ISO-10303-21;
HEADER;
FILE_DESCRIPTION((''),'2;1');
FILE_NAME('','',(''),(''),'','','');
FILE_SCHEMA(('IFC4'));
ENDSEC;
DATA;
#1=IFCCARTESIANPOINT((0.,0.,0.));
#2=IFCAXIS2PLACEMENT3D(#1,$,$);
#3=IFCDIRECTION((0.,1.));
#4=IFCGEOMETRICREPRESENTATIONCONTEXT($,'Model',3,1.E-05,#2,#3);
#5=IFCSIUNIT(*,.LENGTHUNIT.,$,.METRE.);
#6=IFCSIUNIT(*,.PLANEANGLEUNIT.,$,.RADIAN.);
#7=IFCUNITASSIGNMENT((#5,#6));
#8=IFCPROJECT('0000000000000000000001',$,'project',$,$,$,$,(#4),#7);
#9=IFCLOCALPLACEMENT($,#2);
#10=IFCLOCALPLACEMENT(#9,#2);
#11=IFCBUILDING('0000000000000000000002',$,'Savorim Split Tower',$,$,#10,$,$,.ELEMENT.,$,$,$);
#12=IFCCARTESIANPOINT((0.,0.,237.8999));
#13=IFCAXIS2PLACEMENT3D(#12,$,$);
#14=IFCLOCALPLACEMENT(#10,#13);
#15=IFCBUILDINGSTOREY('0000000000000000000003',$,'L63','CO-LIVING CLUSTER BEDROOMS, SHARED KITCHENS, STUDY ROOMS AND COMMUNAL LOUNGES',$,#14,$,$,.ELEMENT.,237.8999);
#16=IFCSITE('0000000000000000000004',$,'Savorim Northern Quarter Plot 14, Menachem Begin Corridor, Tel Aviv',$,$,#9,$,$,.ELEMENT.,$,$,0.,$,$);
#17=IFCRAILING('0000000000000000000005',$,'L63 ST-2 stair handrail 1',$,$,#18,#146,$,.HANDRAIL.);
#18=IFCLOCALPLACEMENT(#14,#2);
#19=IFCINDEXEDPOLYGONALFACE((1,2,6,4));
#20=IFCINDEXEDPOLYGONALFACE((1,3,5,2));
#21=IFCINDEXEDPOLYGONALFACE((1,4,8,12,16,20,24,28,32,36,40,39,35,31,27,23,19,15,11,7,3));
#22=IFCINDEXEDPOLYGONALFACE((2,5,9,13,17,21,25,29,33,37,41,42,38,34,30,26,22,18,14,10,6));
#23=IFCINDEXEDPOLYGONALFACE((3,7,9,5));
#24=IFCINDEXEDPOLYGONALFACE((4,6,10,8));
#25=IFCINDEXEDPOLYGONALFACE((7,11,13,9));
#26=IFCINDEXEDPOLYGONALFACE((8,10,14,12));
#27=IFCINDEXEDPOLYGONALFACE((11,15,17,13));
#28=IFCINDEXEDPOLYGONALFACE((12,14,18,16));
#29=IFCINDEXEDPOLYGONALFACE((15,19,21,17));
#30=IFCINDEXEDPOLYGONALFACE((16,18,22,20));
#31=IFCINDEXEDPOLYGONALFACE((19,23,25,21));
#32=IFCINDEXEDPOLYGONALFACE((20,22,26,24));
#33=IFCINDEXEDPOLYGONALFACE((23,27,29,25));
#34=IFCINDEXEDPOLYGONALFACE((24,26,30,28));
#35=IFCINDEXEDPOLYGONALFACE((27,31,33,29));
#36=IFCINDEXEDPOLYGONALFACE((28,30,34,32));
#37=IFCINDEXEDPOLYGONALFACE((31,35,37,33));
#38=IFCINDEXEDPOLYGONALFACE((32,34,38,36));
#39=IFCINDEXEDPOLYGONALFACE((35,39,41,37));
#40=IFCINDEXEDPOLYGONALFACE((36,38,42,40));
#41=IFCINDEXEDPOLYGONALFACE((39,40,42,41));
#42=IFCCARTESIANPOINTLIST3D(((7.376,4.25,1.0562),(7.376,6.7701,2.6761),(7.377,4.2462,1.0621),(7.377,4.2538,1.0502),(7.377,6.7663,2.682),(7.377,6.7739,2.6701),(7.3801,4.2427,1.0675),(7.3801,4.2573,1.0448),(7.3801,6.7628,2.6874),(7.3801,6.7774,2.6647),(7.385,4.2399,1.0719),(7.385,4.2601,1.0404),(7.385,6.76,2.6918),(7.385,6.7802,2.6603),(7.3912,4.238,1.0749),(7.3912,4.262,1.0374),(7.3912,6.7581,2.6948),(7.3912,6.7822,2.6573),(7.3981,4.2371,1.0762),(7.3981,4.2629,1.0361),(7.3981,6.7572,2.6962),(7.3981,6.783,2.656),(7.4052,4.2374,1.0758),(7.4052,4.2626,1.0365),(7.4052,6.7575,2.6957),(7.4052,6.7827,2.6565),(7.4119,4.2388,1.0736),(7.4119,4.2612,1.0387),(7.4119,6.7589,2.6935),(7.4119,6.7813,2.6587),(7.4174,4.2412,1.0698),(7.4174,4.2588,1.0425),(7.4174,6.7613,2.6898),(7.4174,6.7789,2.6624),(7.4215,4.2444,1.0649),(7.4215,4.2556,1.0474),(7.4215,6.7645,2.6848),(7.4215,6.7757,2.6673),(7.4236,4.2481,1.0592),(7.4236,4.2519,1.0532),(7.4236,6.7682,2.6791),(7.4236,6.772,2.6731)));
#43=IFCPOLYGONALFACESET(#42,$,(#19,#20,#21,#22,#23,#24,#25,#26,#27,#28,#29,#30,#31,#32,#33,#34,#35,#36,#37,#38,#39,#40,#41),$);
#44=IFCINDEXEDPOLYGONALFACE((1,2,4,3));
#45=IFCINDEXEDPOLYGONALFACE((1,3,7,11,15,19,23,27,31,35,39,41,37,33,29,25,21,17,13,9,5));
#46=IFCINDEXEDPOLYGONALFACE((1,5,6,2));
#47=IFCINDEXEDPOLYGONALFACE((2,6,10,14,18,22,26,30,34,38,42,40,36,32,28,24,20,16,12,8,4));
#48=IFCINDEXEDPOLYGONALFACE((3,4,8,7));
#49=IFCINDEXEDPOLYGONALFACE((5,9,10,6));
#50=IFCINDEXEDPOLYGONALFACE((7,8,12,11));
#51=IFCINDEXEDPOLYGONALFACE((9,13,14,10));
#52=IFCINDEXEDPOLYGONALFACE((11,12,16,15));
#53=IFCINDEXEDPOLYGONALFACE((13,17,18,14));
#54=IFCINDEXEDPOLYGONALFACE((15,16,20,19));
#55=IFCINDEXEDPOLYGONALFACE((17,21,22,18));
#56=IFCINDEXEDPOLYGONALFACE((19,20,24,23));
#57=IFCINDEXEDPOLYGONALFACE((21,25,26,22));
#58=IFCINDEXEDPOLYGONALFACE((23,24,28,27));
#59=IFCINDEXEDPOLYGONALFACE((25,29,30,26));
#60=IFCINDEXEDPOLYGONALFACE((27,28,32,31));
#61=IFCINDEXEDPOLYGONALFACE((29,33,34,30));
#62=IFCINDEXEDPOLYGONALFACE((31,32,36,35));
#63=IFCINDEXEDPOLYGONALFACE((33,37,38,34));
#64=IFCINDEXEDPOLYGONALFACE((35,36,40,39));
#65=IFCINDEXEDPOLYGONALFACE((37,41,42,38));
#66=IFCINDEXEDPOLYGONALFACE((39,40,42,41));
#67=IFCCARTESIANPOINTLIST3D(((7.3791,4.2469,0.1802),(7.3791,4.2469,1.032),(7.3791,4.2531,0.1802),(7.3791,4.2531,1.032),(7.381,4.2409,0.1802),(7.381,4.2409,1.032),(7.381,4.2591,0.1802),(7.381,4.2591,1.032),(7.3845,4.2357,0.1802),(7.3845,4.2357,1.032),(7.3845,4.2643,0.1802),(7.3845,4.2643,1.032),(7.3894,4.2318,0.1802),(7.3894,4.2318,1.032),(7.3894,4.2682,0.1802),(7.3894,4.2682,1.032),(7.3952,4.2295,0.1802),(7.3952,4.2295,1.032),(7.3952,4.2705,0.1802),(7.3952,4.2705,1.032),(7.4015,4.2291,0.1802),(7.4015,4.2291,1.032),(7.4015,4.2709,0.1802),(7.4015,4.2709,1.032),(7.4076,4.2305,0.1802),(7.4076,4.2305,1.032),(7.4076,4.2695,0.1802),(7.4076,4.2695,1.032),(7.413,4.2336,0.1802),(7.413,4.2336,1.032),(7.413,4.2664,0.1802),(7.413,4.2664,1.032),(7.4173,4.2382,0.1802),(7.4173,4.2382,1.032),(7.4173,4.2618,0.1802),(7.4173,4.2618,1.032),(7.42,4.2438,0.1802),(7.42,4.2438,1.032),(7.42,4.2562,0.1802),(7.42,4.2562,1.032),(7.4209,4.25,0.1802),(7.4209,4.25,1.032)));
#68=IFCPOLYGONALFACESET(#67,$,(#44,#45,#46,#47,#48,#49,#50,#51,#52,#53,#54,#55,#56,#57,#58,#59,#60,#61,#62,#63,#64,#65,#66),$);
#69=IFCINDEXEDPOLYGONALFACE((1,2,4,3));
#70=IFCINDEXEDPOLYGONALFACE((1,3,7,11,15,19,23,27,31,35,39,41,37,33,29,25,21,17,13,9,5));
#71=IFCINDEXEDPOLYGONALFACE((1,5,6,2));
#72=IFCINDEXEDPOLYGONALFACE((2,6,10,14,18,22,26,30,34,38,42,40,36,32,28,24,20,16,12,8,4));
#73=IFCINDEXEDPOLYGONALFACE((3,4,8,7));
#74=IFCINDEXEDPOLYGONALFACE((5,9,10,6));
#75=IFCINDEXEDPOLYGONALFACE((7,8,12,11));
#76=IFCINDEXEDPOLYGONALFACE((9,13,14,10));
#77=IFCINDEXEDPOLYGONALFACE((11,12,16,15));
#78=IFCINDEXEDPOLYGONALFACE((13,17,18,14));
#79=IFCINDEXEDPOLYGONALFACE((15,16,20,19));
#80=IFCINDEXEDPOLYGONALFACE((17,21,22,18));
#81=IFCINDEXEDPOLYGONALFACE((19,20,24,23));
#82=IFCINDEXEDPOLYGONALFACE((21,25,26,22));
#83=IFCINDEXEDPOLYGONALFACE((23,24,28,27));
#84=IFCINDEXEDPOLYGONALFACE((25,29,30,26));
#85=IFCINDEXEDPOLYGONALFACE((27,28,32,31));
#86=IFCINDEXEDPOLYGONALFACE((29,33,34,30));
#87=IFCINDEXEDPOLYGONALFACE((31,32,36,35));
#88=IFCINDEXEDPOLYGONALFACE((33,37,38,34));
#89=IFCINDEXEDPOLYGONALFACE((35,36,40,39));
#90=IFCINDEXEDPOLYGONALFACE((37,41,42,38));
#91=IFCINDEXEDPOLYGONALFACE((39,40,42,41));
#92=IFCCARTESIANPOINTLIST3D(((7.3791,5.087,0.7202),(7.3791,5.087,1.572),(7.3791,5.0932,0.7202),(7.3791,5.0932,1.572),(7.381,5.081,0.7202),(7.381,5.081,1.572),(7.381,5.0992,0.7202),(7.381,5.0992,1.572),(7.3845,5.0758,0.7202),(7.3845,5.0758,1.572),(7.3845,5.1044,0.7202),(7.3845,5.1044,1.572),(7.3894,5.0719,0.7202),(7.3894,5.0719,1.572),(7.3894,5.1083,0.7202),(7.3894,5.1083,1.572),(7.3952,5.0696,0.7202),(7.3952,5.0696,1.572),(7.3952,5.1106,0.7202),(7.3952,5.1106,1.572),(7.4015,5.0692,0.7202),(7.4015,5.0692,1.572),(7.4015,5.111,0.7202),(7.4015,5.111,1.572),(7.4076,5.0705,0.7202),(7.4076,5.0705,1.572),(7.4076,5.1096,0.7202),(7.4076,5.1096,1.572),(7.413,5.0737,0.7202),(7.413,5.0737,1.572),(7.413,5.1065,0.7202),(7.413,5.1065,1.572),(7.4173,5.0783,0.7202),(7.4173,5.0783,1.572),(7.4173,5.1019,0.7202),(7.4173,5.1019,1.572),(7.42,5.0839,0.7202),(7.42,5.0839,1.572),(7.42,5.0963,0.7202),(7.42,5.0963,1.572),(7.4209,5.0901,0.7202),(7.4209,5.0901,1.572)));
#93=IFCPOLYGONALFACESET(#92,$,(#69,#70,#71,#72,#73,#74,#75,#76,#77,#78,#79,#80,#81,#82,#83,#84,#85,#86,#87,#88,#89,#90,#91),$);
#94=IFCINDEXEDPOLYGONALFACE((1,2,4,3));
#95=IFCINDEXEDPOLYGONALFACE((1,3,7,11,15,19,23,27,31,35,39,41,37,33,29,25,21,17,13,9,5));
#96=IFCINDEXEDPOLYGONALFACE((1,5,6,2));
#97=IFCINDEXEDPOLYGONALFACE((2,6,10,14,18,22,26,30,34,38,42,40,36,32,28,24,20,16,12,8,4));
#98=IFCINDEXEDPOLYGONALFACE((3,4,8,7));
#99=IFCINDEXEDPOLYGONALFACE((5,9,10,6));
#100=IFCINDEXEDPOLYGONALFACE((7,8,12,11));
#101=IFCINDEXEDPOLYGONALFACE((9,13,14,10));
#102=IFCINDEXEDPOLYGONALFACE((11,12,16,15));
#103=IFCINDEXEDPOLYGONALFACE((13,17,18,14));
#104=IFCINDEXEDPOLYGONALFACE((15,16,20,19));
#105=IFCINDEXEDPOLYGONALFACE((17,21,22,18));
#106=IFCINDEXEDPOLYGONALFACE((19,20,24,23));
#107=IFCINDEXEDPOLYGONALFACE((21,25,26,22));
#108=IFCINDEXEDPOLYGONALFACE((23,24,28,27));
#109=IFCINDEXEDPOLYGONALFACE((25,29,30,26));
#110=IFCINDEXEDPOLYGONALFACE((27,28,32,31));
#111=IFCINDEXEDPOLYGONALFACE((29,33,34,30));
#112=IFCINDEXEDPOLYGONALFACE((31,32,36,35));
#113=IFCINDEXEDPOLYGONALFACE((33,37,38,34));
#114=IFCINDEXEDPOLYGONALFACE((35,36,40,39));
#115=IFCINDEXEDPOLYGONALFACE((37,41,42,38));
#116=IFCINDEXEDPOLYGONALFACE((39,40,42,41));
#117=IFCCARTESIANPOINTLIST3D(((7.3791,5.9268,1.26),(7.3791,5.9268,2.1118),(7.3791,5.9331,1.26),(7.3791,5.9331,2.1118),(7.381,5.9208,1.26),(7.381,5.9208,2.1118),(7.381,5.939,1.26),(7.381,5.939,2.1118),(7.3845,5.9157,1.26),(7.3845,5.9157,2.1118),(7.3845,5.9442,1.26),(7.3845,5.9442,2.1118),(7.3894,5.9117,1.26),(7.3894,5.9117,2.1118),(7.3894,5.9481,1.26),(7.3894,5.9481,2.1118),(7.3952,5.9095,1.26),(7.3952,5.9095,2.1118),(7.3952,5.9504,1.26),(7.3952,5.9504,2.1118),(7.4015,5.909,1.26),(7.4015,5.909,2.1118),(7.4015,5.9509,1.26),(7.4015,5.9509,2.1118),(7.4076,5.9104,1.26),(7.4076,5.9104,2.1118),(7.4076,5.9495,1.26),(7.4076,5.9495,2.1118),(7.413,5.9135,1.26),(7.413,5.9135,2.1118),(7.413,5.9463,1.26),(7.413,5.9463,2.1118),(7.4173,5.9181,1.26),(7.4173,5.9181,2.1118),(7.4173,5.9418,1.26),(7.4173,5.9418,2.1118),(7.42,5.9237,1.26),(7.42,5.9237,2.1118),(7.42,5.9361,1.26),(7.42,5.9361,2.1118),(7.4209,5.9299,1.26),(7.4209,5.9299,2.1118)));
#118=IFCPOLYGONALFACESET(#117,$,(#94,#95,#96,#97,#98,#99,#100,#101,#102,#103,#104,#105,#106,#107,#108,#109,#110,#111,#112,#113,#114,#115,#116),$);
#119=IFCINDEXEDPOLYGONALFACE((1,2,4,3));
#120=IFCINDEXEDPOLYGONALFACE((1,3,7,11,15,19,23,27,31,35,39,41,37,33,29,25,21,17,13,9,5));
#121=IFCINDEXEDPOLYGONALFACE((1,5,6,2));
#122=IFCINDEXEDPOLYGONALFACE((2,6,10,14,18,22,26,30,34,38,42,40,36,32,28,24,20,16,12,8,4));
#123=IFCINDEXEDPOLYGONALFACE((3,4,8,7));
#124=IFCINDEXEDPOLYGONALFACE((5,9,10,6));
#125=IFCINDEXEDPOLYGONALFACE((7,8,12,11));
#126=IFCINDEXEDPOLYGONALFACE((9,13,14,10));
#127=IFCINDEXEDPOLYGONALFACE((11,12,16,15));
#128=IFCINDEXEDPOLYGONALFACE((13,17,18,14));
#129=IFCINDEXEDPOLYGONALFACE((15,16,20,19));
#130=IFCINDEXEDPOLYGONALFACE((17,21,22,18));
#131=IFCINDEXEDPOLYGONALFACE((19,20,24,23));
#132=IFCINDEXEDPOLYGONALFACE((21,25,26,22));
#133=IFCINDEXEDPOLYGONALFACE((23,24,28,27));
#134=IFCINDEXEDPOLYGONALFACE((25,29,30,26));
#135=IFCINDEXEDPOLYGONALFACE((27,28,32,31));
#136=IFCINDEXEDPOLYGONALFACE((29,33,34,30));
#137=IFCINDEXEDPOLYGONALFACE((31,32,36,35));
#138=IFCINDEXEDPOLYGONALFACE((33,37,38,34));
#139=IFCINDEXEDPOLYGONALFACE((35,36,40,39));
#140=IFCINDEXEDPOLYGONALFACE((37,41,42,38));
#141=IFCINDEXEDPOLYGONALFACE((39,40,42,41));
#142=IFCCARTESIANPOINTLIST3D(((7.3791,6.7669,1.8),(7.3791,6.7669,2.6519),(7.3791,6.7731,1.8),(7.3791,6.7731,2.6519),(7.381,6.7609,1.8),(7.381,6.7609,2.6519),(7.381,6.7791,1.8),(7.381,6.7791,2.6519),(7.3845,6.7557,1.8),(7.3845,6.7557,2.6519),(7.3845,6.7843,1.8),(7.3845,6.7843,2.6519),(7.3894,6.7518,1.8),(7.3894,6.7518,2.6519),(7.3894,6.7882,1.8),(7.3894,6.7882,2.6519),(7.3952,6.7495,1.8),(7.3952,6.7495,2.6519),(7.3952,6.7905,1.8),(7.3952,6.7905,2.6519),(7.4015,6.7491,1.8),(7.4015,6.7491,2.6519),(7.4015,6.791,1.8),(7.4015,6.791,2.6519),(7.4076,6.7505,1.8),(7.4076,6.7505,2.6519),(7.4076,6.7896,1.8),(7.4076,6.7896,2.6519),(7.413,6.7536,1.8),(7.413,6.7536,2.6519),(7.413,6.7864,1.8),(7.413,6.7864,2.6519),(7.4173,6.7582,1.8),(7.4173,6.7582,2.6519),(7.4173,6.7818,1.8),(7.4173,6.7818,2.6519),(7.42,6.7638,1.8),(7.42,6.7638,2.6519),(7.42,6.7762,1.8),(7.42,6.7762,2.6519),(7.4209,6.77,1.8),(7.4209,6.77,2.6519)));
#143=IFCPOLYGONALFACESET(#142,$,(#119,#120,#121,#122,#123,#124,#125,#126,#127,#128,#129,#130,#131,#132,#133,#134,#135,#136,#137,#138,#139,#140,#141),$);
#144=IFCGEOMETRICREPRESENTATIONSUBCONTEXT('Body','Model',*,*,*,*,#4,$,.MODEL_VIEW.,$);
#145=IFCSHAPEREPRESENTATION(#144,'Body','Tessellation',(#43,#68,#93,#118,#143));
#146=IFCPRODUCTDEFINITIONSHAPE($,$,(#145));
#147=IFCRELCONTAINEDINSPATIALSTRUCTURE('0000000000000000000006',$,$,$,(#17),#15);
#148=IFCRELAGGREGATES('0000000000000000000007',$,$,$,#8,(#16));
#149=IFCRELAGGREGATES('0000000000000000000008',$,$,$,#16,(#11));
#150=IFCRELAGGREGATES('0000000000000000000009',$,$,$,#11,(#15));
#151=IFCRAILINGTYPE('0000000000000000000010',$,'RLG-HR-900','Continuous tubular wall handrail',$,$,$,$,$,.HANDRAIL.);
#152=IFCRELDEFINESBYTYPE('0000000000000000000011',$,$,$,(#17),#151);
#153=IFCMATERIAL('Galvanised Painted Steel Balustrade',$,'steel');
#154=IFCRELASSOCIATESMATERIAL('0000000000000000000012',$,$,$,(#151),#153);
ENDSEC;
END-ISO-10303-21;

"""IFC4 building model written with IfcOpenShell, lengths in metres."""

from ifc_helpers import new_model, si_unit, direction, frame, origin, origin_2d, place, context, subcontext, project, spatial, circle, extrude, material, type_object, element, save


model = new_model("IFC4")

# Units and contexts
model_context = context("Model", 3, precision=1e-05, world=origin(), true_north=direction((0.0, 1.0)))
body_context = subcontext(model_context, "Body", "Model", "MODEL_VIEW")
ifc_project = project(units=[si_unit("LENGTHUNIT", "METRE"), si_unit("PLANEANGLEUNIT", "RADIAN")], contexts=[model_context])

# Site, building, storey
site_placement = place(None, origin())
site = spatial("IfcSite", under=ifc_project, at=site_placement, Name="Savorim Northern Quarter Plot 14, Menachem Begin Corridor, Tel Aviv", CompositionType="ELEMENT", RefElevation=0.0)
building_placement = place(site_placement, origin())
building = spatial("IfcBuilding", under=site, at=building_placement, Name="Savorim Split Tower", CompositionType="ELEMENT")
storey_placement = place(building_placement, frame((0.0, 0.0, 237.8999)))
storey = spatial("IfcBuildingStorey", under=building, at=storey_placement, Name="L63", Description="CO-LIVING CLUSTER BEDROOMS, SHARED KITCHENS, STUDY ROOMS AND COMMUNAL LOUNGES", CompositionType="ELEMENT", Elevation=237.8999)

# Railing
ifc_material_1 = material(Name="Galvanised Painted Steel Balustrade", Category="steel")
railing_type_1 = type_object("IfcRailingType", Name="RLG-HR-900", Description="Continuous tubular wall handrail", PredefinedType="HANDRAIL", material=ifc_material_1)
railing_1_placement = place(storey_placement, frame((7.3999, 4.25, 0.1802)))
element("IfcRailing", 1, at=railing_1_placement, inside=storey, type_object=railing_type_1, Name="L63 ST-2 stair handrail 1", PredefinedType="HANDRAIL", context=body_context, shape_type="SweptSolid", body=[
    extrude(circle(Radius=0.0239, at=origin_2d()), frame((0.0, 0.0, 0.876), z_axis=(0.0, 0.8412, 0.540725), x_axis=(-1.0, 0.0, 0.0)), (0.0, 0.0, 1.0), 2.9958),
    extrude(circle(Radius=0.021, at=origin_2d()), origin(), (0.0, 0.0, 1.0), 0.8518),
    extrude(circle(Radius=0.021, at=origin_2d()), frame((0.0, 0.8401, 0.54)), (0.0, 0.0, 1.0), 0.8518),
    extrude(circle(Radius=0.021, at=origin_2d()), frame((0.0, 1.6799, 1.0798)), (0.0, 0.0, 1.0), 0.8518),
    extrude(circle(Radius=0.021, at=origin_2d()), frame((0.0, 2.52, 1.6199)), (0.0, 0.0, 1.0), 0.8518),
])

save(model, "model.ifc")
